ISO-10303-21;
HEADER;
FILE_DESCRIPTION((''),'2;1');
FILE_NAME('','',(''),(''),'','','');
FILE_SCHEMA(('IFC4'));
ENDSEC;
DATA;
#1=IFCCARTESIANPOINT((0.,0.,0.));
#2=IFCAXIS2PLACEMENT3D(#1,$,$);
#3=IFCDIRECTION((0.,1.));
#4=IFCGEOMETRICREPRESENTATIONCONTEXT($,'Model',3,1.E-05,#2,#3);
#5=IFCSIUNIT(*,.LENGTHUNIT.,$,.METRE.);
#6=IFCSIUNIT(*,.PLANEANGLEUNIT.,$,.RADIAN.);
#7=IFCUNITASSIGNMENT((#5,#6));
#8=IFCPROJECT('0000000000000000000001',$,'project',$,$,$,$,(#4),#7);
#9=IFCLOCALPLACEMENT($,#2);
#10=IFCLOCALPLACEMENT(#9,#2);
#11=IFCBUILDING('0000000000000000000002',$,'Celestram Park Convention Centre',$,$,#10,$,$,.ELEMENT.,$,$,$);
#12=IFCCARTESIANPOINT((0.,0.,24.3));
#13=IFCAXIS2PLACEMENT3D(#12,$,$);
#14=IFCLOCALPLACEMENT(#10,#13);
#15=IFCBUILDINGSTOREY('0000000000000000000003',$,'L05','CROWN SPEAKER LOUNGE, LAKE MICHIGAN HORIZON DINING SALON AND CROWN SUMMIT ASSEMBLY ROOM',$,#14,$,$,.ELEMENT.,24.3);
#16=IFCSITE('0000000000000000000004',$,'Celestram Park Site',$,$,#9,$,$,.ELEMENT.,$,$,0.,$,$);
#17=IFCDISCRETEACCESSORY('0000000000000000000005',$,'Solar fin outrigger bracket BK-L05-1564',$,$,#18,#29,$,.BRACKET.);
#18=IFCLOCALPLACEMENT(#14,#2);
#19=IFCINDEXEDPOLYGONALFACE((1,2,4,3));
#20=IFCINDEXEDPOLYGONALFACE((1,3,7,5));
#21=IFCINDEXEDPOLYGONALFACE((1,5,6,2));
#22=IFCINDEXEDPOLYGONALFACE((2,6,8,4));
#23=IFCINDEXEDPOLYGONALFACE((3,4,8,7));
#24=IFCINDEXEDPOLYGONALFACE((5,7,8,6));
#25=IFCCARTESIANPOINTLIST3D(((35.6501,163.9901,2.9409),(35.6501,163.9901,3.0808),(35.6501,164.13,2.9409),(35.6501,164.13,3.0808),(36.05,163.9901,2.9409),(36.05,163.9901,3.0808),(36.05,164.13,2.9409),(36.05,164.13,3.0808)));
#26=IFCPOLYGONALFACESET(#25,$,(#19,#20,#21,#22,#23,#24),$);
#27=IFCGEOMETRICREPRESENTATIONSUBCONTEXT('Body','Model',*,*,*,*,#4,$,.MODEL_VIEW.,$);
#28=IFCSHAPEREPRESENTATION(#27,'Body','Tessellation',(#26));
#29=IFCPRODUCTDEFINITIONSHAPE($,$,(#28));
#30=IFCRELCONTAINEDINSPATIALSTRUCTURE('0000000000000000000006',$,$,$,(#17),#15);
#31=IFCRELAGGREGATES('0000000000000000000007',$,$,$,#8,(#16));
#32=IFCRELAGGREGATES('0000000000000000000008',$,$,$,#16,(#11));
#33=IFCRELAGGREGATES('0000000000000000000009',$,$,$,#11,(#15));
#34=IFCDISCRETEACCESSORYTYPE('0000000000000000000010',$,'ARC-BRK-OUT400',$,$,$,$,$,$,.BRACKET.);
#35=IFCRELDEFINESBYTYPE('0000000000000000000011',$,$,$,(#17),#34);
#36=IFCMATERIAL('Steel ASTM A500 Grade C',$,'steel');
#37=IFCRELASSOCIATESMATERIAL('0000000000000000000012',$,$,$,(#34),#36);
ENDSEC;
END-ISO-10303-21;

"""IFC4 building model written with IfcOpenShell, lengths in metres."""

from ifc_helpers import new_model, si_unit, direction, frame, origin, origin_2d, place, context, subcontext, project, spatial, rectangle, extrude, material, type_object, element, save


model = new_model("IFC4")

# Units and contexts
model_context = context("Model", 3, precision=1e-05, world=origin(), true_north=direction((0.0, 1.0)))
body_context = subcontext(model_context, "Body", "Model", "MODEL_VIEW")
ifc_project = project(units=[si_unit("LENGTHUNIT", "METRE"), si_unit("PLANEANGLEUNIT", "RADIAN")], contexts=[model_context])

# Site, building, storey
site_placement = place(None, origin())
site = spatial("IfcSite", under=ifc_project, at=site_placement, Name="Celestram Park Site", CompositionType="ELEMENT", RefElevation=0.0)
building_placement = place(site_placement, origin())
building = spatial("IfcBuilding", under=site, at=building_placement, Name="Celestram Park Convention Centre", CompositionType="ELEMENT")
storey_placement = place(building_placement, frame((0.0, 0.0, 24.3)))
storey = spatial("IfcBuildingStorey", under=building, at=storey_placement, Name="L05", Description="CROWN SPEAKER LOUNGE, LAKE MICHIGAN HORIZON DINING SALON AND CROWN SUMMIT ASSEMBLY ROOM", CompositionType="ELEMENT", Elevation=24.3)

# Shared definitions
ifc_material_1 = material(Name="Steel ASTM A500 Grade C", Category="steel")

# Discrete accessory
discrete_accessory_type = type_object("IfcDiscreteAccessoryType", Name="ARC-BRK-OUT400", PredefinedType="BRACKET", material=ifc_material_1)
for number, where, z_axis, x_axis, name in (
    (1, (35.8501, 164.0601, 2.9409), (0.0, 0.0, 1.0), (-1.0, 0.0, 0.0), "Solar fin outrigger bracket BK-L05-1564"),
):
    element("IfcDiscreteAccessory", number, at=place(storey_placement, frame(where, z_axis=z_axis, x_axis=x_axis)), inside=storey, type_object=discrete_accessory_type, Name=name, PredefinedType="BRACKET", context=body_context, shape_type="SweptSolid", body=[
        extrude(rectangle(XDim=0.3999, YDim=0.1399, at=origin_2d()), origin(), (0.0, 0.0, 1.0), 0.1399),
    ])

save(model, "model.ifc")
